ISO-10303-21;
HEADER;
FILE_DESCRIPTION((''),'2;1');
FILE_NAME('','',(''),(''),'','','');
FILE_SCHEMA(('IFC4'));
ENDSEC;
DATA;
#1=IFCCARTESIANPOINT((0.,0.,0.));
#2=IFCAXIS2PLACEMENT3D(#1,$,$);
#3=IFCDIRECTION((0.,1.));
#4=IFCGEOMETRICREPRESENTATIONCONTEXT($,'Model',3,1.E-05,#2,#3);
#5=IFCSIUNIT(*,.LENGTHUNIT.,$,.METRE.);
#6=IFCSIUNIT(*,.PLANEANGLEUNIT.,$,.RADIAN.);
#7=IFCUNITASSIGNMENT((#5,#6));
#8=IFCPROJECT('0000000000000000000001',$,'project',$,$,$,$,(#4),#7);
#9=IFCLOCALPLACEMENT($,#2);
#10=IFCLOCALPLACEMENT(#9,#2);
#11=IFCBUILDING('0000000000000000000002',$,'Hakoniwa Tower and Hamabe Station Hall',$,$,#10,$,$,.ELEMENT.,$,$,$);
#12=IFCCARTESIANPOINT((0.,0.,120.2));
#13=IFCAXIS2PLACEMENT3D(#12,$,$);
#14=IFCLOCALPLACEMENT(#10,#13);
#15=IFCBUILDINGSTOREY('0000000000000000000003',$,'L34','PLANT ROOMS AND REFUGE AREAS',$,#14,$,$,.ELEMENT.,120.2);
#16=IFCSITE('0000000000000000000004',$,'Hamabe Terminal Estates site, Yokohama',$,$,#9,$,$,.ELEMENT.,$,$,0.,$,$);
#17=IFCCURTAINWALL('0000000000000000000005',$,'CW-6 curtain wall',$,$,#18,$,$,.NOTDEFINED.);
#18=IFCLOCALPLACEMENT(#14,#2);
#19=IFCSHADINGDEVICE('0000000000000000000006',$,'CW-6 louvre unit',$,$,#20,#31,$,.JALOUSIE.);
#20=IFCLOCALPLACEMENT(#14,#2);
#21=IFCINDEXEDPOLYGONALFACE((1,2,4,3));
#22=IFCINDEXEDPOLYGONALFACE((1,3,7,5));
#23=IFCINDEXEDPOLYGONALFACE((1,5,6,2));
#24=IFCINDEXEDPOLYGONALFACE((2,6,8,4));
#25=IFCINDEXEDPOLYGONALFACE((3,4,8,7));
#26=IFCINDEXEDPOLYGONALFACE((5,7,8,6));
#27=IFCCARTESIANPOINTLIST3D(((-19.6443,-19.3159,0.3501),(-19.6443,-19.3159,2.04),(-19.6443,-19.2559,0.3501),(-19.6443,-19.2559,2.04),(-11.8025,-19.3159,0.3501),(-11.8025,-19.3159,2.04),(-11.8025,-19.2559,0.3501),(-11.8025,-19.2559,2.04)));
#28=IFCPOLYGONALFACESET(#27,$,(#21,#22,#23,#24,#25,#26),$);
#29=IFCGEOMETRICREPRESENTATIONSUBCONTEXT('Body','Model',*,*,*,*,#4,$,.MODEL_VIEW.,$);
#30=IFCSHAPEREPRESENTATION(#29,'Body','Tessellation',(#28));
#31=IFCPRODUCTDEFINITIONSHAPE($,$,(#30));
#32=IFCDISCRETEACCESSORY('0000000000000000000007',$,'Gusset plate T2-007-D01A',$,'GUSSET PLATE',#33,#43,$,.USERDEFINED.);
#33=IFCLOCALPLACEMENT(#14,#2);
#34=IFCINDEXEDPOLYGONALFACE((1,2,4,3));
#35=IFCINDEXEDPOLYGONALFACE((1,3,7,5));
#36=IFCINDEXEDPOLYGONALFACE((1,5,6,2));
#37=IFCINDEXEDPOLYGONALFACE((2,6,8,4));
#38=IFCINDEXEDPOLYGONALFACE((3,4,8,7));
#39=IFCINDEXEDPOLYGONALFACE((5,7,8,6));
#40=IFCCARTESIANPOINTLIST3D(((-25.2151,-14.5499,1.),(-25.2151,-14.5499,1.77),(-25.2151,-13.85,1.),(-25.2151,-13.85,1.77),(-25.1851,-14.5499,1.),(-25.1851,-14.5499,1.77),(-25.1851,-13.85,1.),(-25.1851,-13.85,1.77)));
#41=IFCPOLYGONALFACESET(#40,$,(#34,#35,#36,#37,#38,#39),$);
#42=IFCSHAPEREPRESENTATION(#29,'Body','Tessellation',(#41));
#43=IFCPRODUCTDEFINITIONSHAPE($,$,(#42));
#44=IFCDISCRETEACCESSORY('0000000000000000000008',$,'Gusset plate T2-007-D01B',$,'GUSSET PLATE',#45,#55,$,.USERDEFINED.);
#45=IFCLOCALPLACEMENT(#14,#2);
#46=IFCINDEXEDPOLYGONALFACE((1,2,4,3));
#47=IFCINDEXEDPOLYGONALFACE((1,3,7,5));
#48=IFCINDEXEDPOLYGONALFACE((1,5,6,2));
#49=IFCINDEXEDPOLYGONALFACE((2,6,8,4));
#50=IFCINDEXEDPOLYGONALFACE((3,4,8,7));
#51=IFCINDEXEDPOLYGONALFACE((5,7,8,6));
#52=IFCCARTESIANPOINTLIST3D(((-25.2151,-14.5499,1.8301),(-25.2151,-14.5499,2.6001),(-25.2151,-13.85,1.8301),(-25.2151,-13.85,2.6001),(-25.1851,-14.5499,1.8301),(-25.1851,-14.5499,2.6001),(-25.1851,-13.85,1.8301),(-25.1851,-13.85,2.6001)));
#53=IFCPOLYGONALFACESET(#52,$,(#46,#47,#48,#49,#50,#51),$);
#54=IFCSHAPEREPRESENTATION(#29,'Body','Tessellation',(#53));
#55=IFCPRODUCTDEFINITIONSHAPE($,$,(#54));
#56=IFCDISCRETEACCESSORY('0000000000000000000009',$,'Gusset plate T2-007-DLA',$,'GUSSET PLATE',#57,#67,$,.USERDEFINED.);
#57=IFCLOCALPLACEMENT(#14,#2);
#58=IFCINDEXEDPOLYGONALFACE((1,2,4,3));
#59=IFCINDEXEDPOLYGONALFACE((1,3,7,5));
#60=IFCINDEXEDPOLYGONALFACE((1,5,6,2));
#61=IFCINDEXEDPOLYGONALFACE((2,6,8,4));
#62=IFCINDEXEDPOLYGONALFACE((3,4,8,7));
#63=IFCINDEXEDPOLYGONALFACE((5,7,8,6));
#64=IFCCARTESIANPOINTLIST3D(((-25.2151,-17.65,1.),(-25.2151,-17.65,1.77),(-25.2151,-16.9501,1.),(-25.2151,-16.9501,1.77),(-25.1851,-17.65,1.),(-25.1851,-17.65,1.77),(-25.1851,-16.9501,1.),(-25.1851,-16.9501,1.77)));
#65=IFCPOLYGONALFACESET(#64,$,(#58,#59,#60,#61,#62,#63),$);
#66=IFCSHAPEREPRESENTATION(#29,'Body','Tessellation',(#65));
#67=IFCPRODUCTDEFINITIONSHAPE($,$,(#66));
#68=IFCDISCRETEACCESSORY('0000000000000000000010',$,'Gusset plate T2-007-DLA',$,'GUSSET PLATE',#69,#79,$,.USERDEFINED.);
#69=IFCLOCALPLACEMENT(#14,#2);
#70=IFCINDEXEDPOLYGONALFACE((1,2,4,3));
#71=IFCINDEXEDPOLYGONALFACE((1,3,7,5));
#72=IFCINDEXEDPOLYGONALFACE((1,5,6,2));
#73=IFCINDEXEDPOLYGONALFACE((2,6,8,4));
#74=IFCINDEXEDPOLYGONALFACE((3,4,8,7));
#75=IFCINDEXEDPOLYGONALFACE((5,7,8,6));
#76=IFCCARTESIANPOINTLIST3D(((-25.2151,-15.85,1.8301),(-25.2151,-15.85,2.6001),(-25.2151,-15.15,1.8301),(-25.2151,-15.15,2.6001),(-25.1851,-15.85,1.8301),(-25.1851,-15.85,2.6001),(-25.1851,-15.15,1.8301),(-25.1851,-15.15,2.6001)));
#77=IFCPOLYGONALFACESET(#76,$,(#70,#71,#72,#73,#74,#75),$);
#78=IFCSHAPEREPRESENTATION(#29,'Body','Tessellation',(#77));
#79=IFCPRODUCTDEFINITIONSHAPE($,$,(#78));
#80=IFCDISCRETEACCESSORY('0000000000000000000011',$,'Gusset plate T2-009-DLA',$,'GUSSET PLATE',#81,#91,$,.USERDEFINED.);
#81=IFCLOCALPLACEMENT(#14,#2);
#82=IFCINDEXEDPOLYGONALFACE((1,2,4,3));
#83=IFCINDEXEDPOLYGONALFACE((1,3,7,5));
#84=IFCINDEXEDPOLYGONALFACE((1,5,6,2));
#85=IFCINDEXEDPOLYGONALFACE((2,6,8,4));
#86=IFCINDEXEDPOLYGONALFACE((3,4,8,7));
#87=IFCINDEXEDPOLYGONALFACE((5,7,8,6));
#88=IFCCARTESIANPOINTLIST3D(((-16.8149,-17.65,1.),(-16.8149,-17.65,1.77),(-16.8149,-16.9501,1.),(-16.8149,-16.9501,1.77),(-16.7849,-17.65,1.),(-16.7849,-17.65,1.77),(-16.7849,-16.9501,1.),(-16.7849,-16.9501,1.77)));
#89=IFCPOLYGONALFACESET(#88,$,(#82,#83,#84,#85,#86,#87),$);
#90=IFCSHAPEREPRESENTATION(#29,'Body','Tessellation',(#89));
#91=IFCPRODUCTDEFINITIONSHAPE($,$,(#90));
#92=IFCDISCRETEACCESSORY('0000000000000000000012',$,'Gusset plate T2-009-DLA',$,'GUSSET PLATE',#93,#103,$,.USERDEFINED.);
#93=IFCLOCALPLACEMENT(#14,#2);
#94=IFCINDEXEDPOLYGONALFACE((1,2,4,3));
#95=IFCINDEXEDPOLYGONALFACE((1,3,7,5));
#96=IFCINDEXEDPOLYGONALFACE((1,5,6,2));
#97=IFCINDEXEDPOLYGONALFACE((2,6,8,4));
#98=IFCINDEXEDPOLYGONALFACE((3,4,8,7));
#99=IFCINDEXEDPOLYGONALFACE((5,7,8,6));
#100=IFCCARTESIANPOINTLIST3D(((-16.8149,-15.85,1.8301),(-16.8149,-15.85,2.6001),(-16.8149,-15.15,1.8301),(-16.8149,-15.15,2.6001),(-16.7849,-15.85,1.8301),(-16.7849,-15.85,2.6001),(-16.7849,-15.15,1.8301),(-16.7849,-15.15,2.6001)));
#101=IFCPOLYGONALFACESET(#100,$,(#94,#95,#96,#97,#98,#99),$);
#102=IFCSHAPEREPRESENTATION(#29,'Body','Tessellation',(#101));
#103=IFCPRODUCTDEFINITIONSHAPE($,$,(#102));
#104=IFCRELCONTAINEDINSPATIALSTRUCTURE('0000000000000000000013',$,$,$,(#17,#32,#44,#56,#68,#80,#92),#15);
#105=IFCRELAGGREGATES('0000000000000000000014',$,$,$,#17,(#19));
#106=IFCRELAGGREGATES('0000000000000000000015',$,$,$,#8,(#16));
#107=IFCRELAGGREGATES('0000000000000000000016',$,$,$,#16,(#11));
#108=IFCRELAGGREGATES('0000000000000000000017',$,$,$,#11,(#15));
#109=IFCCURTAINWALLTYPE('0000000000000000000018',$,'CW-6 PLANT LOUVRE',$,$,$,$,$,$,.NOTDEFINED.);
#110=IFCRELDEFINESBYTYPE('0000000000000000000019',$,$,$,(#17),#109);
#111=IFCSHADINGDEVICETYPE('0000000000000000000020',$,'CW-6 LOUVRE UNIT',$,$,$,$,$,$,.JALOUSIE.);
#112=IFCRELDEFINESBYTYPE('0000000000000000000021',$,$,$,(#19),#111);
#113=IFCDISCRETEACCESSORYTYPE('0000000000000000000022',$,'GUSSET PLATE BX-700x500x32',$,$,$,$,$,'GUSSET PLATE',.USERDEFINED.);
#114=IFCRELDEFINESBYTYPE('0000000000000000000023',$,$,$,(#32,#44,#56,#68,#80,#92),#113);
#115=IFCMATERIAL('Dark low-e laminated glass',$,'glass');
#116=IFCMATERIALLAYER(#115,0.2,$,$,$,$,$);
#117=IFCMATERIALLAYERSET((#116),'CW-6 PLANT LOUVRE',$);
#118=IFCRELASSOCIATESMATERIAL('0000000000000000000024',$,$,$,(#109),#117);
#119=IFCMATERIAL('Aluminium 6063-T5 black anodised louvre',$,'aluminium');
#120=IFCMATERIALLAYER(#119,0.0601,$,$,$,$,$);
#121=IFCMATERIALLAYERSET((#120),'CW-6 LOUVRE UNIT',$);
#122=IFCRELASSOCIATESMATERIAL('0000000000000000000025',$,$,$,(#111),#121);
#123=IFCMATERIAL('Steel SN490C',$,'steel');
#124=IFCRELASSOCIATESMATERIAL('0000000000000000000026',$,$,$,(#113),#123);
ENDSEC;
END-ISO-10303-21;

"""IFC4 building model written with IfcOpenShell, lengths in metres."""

from ifc_helpers import new_model, si_unit, direction, frame, origin, origin_2d, place, context, subcontext, project, spatial, rectangle, extrude, material, layer, layer_set, material_profile, profile_set, type_object, element, aggregate, save


model = new_model("IFC4")

# Units and contexts
model_context = context("Model", 3, precision=1e-05, world=origin(), true_north=direction((0.0, 1.0)))
body_context = subcontext(model_context, "Body", "Model", "MODEL_VIEW")
ifc_project = project(units=[si_unit("LENGTHUNIT", "METRE"), si_unit("PLANEANGLEUNIT", "RADIAN")], contexts=[model_context])

# Site, building, storey
site_placement = place(None, origin())
site = spatial("IfcSite", under=ifc_project, at=site_placement, Name="Hamabe Terminal Estates site, Yokohama", CompositionType="ELEMENT", RefElevation=0.0)
building_placement = place(site_placement, origin())
building = spatial("IfcBuilding", under=site, at=building_placement, Name="Hakoniwa Tower and Hamabe Station Hall", CompositionType="ELEMENT")
storey_placement = place(building_placement, frame((0.0, 0.0, 120.2)))
storey = spatial("IfcBuildingStorey", under=building, at=storey_placement, Name="L34", Description="PLANT ROOMS AND REFUGE AREAS", CompositionType="ELEMENT", Elevation=120.2)

# Curtain wall, shading device
ifc_material_1 = material(Name="Dark low-e laminated glass", Category="glass")
ifc_layer_1 = layer(ifc_material_1, 0.2)
ifc_layer_set_1 = layer_set([ifc_layer_1], Name="CW-6 PLANT LOUVRE")
curtain_wall_type = type_object("IfcCurtainWallType", Name="CW-6 PLANT LOUVRE", PredefinedType="NOTDEFINED", material=ifc_layer_set_1)
curtain_wall_placement = place(storey_placement, origin())
curtain_wall = element("IfcCurtainWall", 1, at=curtain_wall_placement, inside=storey, type_object=curtain_wall_type, Name="CW-6 curtain wall", PredefinedType="NOTDEFINED")
ifc_material_2 = material(Name="Aluminium 6063-T5 black anodised louvre", Category="aluminium")
ifc_layer_2 = layer(ifc_material_2, 0.0601)
ifc_layer_set_2 = layer_set([ifc_layer_2], Name="CW-6 LOUVRE UNIT")
shading_device_type = type_object("IfcShadingDeviceType", Name="CW-6 LOUVRE UNIT", PredefinedType="JALOUSIE", material=ifc_layer_set_2)
shading_device_1_placement = place(storey_placement, frame((-15.7234, -19.2859, 0.3501), z_axis=(0.0, 0.0, 1.0), x_axis=(1.0, 0.0, 0.0)))
shading_device_1 = element("IfcShadingDevice", 2, at=shading_device_1_placement, type_object=shading_device_type, Name="CW-6 louvre unit", PredefinedType="JALOUSIE", context=body_context, shape_type="SweptSolid", body=[
    extrude(rectangle(XDim=7.8418, YDim=0.0601, at=origin_2d()), origin(), (0.0, 0.0, 1.0), 1.6899),
])
aggregate(curtain_wall, [shading_device_1])

# Discrete accessories
ifc_material_3 = material(Name="Steel SN490C", Category="steel")
ifc_material_profile_1 = material_profile(ifc_material_3, rectangle(XDim=0.7, YDim=0.77, at=origin_2d()), Name="GUSSET PLATE BX-700x500x32")
ifc_profile_set_1 = profile_set([ifc_material_profile_1], Name="Steel SN490C")
discrete_accessory_type = type_object("IfcDiscreteAccessoryType", Name="GUSSET PLATE BX-700x500x32", ElementType="GUSSET PLATE", PredefinedType="USERDEFINED", material=ifc_profile_set_1)
for number, where, z_axis, x_axis, name in (
    (3, (-25.1851, -14.2, 1.385), (-1.0, 0.0, 0.0), (0.0, -1.0, 0.0), "Gusset plate T2-007-D01A"),
    (4, (-25.1851, -14.2, 2.2151), (-1.0, 0.0, 0.0), (0.0, -1.0, 0.0), "Gusset plate T2-007-D01B"),
    (5, (-25.1851, -17.3, 1.385), (-1.0, 0.0, 0.0), (0.0, -1.0, 0.0), "Gusset plate T2-007-DLA"),
    (6, (-25.1851, -15.5, 2.2151), (-1.0, 0.0, 0.0), (0.0, -1.0, 0.0), "Gusset plate T2-007-DLA"),
    (7, (-16.7849, -17.3, 1.385), (-1.0, 0.0, 0.0), (0.0, -1.0, 0.0), "Gusset plate T2-009-DLA"),
    (8, (-16.7849, -15.5, 2.2151), (-1.0, 0.0, 0.0), (0.0, -1.0, 0.0), "Gusset plate T2-009-DLA"),
):
    element("IfcDiscreteAccessory", number, at=place(storey_placement, frame(where, z_axis=z_axis, x_axis=x_axis)), inside=storey, type_object=discrete_accessory_type, Name=name, ObjectType="GUSSET PLATE", PredefinedType="USERDEFINED", context=body_context, shape_type="SweptSolid", body=[
        extrude(rectangle(XDim=0.7, YDim=0.77, at=origin_2d()), origin(), (0.0, 0.0, 1.0), 0.03),
    ])

save(model, "model.ifc")
